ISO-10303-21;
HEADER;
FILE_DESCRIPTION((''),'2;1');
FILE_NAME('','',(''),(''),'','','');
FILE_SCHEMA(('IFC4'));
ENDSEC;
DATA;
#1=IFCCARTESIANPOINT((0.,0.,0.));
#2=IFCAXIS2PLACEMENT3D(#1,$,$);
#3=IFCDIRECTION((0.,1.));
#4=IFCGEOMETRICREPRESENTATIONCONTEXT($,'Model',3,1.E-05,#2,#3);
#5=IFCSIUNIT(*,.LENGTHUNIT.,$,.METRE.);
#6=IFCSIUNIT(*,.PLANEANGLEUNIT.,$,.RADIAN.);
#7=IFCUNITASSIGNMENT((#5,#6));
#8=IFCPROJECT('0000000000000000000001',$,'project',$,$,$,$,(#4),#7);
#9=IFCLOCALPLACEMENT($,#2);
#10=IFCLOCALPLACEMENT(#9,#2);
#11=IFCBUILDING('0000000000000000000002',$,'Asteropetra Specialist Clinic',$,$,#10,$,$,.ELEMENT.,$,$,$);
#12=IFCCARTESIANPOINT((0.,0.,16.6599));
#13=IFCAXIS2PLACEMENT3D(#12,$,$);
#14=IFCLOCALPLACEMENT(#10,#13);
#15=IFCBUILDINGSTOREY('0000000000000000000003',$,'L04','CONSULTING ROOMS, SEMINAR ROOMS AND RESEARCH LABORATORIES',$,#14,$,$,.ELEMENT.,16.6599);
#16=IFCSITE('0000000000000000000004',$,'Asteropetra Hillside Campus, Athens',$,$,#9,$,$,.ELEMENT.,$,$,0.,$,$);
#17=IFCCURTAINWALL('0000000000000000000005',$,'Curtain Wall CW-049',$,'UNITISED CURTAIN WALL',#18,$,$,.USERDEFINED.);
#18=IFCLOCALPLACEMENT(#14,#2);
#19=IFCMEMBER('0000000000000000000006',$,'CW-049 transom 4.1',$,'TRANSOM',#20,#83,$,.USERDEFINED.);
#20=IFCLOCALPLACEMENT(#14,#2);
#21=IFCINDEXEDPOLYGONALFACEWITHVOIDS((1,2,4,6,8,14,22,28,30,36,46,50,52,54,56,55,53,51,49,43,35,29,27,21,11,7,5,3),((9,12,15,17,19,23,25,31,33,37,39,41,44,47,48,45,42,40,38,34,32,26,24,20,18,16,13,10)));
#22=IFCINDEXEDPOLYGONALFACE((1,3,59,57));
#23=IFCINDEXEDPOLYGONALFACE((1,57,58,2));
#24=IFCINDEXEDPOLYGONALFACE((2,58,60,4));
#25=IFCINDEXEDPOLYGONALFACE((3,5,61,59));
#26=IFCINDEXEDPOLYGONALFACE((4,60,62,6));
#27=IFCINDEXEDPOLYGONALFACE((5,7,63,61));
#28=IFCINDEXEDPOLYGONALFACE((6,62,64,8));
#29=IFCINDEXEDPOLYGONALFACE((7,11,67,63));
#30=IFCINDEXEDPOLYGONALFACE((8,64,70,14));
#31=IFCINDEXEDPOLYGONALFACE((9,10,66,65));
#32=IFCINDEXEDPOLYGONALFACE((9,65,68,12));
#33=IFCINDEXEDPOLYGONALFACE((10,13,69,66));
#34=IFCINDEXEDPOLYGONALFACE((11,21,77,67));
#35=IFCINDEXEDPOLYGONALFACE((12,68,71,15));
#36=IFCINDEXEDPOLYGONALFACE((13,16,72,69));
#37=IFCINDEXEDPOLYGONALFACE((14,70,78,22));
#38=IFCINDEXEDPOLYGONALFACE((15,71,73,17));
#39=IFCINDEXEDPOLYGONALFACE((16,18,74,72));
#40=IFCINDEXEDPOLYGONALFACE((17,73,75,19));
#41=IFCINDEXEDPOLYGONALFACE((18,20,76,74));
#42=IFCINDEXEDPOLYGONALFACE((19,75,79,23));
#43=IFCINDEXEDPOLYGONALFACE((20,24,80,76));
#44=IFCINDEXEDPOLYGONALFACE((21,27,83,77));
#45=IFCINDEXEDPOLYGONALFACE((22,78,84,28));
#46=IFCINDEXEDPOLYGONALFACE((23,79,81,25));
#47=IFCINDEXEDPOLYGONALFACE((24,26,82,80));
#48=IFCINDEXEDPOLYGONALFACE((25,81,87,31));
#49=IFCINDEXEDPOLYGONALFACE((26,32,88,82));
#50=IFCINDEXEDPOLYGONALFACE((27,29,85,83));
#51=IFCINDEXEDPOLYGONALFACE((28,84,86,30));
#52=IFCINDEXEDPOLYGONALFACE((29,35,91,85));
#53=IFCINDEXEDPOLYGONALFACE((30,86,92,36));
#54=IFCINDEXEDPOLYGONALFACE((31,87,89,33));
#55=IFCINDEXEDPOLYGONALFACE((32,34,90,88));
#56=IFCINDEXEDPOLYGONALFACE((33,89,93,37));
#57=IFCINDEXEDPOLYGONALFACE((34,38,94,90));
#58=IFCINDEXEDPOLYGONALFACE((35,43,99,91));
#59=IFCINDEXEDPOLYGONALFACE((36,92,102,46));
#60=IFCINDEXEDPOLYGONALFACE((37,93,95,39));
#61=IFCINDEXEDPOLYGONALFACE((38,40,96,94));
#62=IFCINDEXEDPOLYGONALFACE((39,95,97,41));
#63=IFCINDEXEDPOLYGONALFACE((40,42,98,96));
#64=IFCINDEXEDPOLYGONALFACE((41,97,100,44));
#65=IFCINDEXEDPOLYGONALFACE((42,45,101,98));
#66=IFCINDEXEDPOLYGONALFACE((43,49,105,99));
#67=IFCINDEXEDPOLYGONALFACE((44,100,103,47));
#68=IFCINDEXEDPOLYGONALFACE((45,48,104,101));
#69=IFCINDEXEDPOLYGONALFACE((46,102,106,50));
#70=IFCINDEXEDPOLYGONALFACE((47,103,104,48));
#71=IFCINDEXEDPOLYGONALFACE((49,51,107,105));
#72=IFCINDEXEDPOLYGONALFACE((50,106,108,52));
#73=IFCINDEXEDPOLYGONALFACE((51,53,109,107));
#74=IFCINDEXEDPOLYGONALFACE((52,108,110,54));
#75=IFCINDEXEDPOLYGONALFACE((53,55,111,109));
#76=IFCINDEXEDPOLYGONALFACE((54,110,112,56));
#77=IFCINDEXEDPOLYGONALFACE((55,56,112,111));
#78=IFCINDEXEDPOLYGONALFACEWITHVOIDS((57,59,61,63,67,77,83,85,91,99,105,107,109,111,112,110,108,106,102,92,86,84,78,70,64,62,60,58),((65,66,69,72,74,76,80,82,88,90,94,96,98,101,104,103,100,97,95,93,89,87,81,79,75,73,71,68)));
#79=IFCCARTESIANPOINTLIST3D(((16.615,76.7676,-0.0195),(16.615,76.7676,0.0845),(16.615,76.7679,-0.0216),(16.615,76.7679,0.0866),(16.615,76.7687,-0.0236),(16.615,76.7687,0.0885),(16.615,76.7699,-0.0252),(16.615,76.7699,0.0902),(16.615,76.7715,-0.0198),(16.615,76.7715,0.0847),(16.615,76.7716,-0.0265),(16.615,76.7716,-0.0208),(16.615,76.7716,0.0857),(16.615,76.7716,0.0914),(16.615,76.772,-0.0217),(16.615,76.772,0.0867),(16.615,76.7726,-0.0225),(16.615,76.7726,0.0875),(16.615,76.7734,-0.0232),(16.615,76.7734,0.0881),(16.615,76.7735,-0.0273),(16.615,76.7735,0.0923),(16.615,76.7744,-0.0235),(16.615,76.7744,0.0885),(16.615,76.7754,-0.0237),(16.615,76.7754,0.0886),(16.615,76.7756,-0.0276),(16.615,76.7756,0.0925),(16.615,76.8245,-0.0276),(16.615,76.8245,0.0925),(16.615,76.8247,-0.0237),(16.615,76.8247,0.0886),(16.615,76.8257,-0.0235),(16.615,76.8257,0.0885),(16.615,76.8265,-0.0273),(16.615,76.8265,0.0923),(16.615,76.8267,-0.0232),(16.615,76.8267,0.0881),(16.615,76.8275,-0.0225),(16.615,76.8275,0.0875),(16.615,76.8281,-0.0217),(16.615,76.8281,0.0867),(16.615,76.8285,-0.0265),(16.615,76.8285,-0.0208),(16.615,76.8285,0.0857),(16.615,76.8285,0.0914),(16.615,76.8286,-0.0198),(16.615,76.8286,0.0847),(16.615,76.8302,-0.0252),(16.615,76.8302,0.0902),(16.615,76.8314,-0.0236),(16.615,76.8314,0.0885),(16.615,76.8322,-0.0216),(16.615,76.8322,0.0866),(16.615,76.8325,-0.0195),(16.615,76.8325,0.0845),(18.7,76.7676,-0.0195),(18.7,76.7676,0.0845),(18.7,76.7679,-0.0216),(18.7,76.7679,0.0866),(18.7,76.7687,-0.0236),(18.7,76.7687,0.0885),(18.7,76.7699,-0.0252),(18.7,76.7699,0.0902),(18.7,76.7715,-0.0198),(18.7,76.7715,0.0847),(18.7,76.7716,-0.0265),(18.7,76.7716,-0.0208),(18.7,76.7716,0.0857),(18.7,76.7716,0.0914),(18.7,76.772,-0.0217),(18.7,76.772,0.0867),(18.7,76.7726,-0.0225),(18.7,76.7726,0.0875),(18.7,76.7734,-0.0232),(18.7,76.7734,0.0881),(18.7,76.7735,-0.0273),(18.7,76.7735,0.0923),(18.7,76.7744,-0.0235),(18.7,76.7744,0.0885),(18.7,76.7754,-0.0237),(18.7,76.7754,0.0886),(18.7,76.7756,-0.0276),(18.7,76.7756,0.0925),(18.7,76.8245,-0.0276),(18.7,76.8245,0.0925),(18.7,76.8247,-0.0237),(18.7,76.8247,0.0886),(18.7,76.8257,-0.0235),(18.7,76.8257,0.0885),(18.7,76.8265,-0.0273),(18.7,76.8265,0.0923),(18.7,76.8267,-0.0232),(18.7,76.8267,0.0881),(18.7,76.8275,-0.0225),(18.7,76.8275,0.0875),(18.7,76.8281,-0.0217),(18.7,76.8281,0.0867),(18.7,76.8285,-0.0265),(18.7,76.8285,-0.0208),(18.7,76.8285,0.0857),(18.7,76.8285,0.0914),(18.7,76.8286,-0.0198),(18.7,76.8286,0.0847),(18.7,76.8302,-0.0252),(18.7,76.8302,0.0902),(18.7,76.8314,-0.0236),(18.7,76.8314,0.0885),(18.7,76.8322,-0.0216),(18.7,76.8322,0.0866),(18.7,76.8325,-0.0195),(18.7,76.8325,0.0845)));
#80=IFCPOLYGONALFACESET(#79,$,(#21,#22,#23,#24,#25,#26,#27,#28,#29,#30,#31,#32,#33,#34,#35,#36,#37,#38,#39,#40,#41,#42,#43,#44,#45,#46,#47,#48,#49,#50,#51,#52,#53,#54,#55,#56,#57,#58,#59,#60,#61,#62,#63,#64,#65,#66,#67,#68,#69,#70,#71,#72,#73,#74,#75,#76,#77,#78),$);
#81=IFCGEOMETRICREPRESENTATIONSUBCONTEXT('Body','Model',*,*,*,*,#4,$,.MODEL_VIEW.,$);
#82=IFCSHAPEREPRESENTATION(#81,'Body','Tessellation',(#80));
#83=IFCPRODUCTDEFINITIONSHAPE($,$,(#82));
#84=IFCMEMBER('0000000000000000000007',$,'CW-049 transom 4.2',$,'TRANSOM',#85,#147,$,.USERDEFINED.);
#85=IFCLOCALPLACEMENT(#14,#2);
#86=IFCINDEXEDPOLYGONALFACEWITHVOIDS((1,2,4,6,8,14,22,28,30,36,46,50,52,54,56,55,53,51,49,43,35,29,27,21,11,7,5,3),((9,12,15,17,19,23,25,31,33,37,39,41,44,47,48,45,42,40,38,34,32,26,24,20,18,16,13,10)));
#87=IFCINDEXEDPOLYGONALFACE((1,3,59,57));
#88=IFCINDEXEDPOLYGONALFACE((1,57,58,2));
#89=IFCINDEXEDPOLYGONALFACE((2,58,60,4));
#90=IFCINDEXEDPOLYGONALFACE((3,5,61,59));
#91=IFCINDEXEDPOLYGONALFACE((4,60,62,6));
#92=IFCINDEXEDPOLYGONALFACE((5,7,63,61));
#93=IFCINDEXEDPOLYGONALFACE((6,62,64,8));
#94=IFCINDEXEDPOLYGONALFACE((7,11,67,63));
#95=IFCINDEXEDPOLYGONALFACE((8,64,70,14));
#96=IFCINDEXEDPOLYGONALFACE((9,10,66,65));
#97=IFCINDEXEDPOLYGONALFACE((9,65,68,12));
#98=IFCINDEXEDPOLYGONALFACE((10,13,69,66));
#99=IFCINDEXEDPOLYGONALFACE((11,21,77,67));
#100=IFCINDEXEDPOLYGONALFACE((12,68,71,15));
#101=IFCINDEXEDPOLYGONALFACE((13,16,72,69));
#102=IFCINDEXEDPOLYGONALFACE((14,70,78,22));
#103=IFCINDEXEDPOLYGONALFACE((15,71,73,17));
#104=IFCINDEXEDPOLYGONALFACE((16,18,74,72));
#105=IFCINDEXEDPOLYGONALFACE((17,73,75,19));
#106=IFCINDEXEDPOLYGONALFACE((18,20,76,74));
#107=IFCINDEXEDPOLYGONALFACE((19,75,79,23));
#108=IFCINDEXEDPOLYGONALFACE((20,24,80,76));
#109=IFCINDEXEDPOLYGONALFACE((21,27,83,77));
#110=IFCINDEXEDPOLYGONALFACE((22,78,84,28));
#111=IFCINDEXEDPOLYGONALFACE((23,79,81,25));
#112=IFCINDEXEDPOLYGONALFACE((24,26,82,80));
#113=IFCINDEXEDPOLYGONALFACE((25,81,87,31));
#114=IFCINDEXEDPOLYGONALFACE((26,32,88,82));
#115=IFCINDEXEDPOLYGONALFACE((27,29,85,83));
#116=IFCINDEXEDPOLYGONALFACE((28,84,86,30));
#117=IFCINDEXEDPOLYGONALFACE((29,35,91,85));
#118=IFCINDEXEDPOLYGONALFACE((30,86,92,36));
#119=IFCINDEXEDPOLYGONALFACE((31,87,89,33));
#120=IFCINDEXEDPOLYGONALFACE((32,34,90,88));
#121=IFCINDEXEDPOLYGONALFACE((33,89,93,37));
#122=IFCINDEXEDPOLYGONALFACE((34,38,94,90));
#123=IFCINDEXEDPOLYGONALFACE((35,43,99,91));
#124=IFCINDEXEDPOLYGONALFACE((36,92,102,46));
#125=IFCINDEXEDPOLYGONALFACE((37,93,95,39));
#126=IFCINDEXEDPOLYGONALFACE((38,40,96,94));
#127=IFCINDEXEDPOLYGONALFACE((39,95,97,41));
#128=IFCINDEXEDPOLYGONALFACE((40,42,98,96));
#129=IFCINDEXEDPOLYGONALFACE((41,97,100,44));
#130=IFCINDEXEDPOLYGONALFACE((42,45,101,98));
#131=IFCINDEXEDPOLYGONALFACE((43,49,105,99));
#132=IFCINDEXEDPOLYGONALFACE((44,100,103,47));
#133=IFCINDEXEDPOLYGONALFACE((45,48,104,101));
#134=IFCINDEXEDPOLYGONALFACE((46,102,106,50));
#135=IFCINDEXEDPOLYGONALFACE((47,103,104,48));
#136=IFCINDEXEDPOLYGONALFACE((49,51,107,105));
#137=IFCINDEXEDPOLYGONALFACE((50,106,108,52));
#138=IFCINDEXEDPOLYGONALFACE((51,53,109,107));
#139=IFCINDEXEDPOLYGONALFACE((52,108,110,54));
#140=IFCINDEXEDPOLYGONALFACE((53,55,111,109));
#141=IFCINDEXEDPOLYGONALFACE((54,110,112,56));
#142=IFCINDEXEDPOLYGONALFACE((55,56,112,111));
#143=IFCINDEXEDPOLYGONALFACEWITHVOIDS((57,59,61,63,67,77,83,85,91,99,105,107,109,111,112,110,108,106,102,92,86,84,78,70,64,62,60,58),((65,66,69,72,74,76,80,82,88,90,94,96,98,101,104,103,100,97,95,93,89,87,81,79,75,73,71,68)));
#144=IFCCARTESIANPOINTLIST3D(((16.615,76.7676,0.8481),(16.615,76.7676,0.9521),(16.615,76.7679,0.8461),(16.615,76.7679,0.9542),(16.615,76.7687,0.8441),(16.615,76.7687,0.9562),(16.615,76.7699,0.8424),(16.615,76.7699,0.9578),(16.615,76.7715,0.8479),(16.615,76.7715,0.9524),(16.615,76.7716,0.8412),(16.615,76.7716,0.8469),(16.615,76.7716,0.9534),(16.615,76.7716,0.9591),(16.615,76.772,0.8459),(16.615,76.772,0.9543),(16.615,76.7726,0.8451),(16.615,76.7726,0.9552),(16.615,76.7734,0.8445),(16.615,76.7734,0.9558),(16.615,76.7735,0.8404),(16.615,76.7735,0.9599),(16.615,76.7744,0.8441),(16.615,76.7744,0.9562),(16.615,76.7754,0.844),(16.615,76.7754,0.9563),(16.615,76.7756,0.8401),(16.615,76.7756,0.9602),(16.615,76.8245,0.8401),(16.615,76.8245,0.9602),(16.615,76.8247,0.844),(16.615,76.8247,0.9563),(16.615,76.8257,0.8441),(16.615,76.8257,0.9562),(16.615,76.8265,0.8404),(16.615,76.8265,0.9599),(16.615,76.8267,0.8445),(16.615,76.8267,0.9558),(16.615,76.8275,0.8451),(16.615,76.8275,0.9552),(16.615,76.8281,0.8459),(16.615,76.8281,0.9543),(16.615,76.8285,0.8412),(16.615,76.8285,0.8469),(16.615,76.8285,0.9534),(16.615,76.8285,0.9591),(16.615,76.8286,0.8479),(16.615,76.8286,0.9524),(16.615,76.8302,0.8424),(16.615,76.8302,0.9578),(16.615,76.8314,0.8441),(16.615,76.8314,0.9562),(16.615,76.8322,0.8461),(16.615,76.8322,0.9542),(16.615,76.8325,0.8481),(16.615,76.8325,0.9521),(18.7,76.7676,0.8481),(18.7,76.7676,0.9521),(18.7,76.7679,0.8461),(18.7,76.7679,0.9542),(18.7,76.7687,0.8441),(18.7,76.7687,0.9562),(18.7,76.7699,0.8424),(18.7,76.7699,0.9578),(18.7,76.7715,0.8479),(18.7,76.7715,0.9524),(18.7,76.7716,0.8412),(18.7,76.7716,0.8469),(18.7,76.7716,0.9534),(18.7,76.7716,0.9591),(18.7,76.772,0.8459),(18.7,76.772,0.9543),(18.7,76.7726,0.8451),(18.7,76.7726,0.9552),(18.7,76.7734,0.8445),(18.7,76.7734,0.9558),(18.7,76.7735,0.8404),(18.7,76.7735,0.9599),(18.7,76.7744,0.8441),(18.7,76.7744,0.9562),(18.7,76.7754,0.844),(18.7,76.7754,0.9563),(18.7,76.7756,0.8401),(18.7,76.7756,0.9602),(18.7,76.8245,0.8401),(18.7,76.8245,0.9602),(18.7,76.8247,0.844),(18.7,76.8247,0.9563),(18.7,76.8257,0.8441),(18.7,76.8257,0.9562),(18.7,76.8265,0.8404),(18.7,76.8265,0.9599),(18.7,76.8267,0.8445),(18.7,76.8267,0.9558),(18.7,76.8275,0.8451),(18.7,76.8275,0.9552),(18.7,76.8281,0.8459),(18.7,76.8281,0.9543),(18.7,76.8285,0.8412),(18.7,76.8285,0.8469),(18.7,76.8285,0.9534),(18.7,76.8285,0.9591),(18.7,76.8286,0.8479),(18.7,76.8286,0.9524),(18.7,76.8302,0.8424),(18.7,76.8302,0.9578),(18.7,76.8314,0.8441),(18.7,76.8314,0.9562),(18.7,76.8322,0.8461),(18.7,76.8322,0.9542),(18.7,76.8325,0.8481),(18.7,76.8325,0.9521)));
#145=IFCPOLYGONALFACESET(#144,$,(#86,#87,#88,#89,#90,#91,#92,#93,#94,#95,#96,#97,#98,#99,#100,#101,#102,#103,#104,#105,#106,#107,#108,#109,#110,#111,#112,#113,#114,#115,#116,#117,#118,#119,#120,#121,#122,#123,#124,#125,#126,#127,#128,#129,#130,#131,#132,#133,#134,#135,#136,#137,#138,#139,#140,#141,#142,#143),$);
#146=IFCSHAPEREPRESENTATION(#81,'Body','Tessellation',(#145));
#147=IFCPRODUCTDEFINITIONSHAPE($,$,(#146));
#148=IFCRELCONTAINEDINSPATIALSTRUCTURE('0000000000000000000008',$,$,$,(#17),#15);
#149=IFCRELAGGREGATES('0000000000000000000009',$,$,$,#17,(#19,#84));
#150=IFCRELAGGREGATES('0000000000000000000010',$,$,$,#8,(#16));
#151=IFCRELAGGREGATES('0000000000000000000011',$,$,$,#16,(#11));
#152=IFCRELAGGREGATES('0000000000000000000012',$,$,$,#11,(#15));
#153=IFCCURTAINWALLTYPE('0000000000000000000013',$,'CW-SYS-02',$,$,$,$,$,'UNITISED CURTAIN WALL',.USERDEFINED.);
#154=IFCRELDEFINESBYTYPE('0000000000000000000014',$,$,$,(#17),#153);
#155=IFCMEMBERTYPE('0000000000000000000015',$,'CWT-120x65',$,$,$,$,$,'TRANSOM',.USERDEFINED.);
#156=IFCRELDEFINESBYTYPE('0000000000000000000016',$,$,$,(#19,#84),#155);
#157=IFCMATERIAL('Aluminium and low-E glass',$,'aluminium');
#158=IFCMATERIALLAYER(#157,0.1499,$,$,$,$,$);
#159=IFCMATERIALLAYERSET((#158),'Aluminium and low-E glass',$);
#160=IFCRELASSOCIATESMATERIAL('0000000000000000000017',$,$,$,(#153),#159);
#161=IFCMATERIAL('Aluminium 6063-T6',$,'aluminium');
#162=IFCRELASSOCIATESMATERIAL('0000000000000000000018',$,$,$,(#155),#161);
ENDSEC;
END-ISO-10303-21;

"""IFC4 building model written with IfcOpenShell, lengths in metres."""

from ifc_helpers import new_model, si_unit, direction, frame, origin, origin_2d, place, context, subcontext, project, spatial, hollow_rectangle, extrude, material, layer, layer_set, material_profile, profile_set, type_object, element, aggregate, save


model = new_model("IFC4")

# Units and contexts
model_context = context("Model", 3, precision=1e-05, world=origin(), true_north=direction((0.0, 1.0)))
body_context = subcontext(model_context, "Body", "Model", "MODEL_VIEW")
ifc_project = project(units=[si_unit("LENGTHUNIT", "METRE"), si_unit("PLANEANGLEUNIT", "RADIAN")], contexts=[model_context])

# Site, building, storey
site_placement = place(None, origin())
site = spatial("IfcSite", under=ifc_project, at=site_placement, Name="Asteropetra Hillside Campus, Athens", CompositionType="ELEMENT", RefElevation=0.0)
building_placement = place(site_placement, origin())
building = spatial("IfcBuilding", under=site, at=building_placement, Name="Asteropetra Specialist Clinic", CompositionType="ELEMENT")
storey_placement = place(building_placement, frame((0.0, 0.0, 16.6599)))
storey = spatial("IfcBuildingStorey", under=building, at=storey_placement, Name="L04", Description="CONSULTING ROOMS, SEMINAR ROOMS AND RESEARCH LABORATORIES", CompositionType="ELEMENT", Elevation=16.6599)

# Curtain wall
ifc_material_1 = material(Name="Aluminium and low-E glass", Category="aluminium")
ifc_layer_1 = layer(ifc_material_1, 0.1499)
ifc_layer_set_1 = layer_set([ifc_layer_1], Name="Aluminium and low-E glass")
curtain_wall_type_1 = type_object("IfcCurtainWallType", Name="CW-SYS-02", ElementType="UNITISED CURTAIN WALL", PredefinedType="USERDEFINED", material=ifc_layer_set_1)
curtain_wall_1_placement = place(storey_placement, origin())
curtain_wall_1 = element("IfcCurtainWall", 1, at=curtain_wall_1_placement, inside=storey, type_object=curtain_wall_type_1, Name="Curtain Wall CW-049", ObjectType="UNITISED CURTAIN WALL", PredefinedType="USERDEFINED")

# Members
ifc_material_2 = material(Name="Aluminium 6063-T6", Category="aluminium")
ifc_material_profile_1 = material_profile(ifc_material_2, hollow_rectangle(XDim=0.0649, YDim=0.1201, WallThickness=0.0039, InnerFilletRadius=0.0039, OuterFilletRadius=0.0081, at=origin_2d()), Name="TRN 120x65x4.0")
ifc_profile_set_1 = profile_set([ifc_material_profile_1], Name="Aluminium 6063-T6")
member_type_1 = type_object("IfcMemberType", Name="CWT-120x65", ElementType="TRANSOM", PredefinedType="USERDEFINED", material=ifc_profile_set_1)
member_1_placement = place(storey_placement, frame((16.615, 76.8, 0.0325), z_axis=(1.0, 0.0, 0.0), x_axis=(0.0, 1.0, 0.0)))
member_1 = element("IfcMember", 2, at=member_1_placement, type_object=member_type_1, Name="CW-049 transom 4.1", ObjectType="TRANSOM", PredefinedType="USERDEFINED", context=body_context, shape_type="SweptSolid", body=[
    extrude(hollow_rectangle(XDim=0.0649, YDim=0.1201, WallThickness=0.0039, InnerFilletRadius=0.0039, OuterFilletRadius=0.0081, at=origin_2d()), origin(), (0.0, 0.0, 1.0), 2.085),
])
member_2_placement = place(storey_placement, frame((16.615, 76.8, 0.9001), z_axis=(1.0, 0.0, 0.0), x_axis=(0.0, 1.0, 0.0)))
member_2 = element("IfcMember", 3, at=member_2_placement, type_object=member_type_1, Name="CW-049 transom 4.2", ObjectType="TRANSOM", PredefinedType="USERDEFINED", context=body_context, shape_type="SweptSolid", body=[
    extrude(hollow_rectangle(XDim=0.0649, YDim=0.1201, WallThickness=0.0039, InnerFilletRadius=0.0039, OuterFilletRadius=0.0081, at=origin_2d()), origin(), (0.0, 0.0, 1.0), 2.085),
])

aggregate(curtain_wall_1, [member_1, member_2])

save(model, "model.ifc")
